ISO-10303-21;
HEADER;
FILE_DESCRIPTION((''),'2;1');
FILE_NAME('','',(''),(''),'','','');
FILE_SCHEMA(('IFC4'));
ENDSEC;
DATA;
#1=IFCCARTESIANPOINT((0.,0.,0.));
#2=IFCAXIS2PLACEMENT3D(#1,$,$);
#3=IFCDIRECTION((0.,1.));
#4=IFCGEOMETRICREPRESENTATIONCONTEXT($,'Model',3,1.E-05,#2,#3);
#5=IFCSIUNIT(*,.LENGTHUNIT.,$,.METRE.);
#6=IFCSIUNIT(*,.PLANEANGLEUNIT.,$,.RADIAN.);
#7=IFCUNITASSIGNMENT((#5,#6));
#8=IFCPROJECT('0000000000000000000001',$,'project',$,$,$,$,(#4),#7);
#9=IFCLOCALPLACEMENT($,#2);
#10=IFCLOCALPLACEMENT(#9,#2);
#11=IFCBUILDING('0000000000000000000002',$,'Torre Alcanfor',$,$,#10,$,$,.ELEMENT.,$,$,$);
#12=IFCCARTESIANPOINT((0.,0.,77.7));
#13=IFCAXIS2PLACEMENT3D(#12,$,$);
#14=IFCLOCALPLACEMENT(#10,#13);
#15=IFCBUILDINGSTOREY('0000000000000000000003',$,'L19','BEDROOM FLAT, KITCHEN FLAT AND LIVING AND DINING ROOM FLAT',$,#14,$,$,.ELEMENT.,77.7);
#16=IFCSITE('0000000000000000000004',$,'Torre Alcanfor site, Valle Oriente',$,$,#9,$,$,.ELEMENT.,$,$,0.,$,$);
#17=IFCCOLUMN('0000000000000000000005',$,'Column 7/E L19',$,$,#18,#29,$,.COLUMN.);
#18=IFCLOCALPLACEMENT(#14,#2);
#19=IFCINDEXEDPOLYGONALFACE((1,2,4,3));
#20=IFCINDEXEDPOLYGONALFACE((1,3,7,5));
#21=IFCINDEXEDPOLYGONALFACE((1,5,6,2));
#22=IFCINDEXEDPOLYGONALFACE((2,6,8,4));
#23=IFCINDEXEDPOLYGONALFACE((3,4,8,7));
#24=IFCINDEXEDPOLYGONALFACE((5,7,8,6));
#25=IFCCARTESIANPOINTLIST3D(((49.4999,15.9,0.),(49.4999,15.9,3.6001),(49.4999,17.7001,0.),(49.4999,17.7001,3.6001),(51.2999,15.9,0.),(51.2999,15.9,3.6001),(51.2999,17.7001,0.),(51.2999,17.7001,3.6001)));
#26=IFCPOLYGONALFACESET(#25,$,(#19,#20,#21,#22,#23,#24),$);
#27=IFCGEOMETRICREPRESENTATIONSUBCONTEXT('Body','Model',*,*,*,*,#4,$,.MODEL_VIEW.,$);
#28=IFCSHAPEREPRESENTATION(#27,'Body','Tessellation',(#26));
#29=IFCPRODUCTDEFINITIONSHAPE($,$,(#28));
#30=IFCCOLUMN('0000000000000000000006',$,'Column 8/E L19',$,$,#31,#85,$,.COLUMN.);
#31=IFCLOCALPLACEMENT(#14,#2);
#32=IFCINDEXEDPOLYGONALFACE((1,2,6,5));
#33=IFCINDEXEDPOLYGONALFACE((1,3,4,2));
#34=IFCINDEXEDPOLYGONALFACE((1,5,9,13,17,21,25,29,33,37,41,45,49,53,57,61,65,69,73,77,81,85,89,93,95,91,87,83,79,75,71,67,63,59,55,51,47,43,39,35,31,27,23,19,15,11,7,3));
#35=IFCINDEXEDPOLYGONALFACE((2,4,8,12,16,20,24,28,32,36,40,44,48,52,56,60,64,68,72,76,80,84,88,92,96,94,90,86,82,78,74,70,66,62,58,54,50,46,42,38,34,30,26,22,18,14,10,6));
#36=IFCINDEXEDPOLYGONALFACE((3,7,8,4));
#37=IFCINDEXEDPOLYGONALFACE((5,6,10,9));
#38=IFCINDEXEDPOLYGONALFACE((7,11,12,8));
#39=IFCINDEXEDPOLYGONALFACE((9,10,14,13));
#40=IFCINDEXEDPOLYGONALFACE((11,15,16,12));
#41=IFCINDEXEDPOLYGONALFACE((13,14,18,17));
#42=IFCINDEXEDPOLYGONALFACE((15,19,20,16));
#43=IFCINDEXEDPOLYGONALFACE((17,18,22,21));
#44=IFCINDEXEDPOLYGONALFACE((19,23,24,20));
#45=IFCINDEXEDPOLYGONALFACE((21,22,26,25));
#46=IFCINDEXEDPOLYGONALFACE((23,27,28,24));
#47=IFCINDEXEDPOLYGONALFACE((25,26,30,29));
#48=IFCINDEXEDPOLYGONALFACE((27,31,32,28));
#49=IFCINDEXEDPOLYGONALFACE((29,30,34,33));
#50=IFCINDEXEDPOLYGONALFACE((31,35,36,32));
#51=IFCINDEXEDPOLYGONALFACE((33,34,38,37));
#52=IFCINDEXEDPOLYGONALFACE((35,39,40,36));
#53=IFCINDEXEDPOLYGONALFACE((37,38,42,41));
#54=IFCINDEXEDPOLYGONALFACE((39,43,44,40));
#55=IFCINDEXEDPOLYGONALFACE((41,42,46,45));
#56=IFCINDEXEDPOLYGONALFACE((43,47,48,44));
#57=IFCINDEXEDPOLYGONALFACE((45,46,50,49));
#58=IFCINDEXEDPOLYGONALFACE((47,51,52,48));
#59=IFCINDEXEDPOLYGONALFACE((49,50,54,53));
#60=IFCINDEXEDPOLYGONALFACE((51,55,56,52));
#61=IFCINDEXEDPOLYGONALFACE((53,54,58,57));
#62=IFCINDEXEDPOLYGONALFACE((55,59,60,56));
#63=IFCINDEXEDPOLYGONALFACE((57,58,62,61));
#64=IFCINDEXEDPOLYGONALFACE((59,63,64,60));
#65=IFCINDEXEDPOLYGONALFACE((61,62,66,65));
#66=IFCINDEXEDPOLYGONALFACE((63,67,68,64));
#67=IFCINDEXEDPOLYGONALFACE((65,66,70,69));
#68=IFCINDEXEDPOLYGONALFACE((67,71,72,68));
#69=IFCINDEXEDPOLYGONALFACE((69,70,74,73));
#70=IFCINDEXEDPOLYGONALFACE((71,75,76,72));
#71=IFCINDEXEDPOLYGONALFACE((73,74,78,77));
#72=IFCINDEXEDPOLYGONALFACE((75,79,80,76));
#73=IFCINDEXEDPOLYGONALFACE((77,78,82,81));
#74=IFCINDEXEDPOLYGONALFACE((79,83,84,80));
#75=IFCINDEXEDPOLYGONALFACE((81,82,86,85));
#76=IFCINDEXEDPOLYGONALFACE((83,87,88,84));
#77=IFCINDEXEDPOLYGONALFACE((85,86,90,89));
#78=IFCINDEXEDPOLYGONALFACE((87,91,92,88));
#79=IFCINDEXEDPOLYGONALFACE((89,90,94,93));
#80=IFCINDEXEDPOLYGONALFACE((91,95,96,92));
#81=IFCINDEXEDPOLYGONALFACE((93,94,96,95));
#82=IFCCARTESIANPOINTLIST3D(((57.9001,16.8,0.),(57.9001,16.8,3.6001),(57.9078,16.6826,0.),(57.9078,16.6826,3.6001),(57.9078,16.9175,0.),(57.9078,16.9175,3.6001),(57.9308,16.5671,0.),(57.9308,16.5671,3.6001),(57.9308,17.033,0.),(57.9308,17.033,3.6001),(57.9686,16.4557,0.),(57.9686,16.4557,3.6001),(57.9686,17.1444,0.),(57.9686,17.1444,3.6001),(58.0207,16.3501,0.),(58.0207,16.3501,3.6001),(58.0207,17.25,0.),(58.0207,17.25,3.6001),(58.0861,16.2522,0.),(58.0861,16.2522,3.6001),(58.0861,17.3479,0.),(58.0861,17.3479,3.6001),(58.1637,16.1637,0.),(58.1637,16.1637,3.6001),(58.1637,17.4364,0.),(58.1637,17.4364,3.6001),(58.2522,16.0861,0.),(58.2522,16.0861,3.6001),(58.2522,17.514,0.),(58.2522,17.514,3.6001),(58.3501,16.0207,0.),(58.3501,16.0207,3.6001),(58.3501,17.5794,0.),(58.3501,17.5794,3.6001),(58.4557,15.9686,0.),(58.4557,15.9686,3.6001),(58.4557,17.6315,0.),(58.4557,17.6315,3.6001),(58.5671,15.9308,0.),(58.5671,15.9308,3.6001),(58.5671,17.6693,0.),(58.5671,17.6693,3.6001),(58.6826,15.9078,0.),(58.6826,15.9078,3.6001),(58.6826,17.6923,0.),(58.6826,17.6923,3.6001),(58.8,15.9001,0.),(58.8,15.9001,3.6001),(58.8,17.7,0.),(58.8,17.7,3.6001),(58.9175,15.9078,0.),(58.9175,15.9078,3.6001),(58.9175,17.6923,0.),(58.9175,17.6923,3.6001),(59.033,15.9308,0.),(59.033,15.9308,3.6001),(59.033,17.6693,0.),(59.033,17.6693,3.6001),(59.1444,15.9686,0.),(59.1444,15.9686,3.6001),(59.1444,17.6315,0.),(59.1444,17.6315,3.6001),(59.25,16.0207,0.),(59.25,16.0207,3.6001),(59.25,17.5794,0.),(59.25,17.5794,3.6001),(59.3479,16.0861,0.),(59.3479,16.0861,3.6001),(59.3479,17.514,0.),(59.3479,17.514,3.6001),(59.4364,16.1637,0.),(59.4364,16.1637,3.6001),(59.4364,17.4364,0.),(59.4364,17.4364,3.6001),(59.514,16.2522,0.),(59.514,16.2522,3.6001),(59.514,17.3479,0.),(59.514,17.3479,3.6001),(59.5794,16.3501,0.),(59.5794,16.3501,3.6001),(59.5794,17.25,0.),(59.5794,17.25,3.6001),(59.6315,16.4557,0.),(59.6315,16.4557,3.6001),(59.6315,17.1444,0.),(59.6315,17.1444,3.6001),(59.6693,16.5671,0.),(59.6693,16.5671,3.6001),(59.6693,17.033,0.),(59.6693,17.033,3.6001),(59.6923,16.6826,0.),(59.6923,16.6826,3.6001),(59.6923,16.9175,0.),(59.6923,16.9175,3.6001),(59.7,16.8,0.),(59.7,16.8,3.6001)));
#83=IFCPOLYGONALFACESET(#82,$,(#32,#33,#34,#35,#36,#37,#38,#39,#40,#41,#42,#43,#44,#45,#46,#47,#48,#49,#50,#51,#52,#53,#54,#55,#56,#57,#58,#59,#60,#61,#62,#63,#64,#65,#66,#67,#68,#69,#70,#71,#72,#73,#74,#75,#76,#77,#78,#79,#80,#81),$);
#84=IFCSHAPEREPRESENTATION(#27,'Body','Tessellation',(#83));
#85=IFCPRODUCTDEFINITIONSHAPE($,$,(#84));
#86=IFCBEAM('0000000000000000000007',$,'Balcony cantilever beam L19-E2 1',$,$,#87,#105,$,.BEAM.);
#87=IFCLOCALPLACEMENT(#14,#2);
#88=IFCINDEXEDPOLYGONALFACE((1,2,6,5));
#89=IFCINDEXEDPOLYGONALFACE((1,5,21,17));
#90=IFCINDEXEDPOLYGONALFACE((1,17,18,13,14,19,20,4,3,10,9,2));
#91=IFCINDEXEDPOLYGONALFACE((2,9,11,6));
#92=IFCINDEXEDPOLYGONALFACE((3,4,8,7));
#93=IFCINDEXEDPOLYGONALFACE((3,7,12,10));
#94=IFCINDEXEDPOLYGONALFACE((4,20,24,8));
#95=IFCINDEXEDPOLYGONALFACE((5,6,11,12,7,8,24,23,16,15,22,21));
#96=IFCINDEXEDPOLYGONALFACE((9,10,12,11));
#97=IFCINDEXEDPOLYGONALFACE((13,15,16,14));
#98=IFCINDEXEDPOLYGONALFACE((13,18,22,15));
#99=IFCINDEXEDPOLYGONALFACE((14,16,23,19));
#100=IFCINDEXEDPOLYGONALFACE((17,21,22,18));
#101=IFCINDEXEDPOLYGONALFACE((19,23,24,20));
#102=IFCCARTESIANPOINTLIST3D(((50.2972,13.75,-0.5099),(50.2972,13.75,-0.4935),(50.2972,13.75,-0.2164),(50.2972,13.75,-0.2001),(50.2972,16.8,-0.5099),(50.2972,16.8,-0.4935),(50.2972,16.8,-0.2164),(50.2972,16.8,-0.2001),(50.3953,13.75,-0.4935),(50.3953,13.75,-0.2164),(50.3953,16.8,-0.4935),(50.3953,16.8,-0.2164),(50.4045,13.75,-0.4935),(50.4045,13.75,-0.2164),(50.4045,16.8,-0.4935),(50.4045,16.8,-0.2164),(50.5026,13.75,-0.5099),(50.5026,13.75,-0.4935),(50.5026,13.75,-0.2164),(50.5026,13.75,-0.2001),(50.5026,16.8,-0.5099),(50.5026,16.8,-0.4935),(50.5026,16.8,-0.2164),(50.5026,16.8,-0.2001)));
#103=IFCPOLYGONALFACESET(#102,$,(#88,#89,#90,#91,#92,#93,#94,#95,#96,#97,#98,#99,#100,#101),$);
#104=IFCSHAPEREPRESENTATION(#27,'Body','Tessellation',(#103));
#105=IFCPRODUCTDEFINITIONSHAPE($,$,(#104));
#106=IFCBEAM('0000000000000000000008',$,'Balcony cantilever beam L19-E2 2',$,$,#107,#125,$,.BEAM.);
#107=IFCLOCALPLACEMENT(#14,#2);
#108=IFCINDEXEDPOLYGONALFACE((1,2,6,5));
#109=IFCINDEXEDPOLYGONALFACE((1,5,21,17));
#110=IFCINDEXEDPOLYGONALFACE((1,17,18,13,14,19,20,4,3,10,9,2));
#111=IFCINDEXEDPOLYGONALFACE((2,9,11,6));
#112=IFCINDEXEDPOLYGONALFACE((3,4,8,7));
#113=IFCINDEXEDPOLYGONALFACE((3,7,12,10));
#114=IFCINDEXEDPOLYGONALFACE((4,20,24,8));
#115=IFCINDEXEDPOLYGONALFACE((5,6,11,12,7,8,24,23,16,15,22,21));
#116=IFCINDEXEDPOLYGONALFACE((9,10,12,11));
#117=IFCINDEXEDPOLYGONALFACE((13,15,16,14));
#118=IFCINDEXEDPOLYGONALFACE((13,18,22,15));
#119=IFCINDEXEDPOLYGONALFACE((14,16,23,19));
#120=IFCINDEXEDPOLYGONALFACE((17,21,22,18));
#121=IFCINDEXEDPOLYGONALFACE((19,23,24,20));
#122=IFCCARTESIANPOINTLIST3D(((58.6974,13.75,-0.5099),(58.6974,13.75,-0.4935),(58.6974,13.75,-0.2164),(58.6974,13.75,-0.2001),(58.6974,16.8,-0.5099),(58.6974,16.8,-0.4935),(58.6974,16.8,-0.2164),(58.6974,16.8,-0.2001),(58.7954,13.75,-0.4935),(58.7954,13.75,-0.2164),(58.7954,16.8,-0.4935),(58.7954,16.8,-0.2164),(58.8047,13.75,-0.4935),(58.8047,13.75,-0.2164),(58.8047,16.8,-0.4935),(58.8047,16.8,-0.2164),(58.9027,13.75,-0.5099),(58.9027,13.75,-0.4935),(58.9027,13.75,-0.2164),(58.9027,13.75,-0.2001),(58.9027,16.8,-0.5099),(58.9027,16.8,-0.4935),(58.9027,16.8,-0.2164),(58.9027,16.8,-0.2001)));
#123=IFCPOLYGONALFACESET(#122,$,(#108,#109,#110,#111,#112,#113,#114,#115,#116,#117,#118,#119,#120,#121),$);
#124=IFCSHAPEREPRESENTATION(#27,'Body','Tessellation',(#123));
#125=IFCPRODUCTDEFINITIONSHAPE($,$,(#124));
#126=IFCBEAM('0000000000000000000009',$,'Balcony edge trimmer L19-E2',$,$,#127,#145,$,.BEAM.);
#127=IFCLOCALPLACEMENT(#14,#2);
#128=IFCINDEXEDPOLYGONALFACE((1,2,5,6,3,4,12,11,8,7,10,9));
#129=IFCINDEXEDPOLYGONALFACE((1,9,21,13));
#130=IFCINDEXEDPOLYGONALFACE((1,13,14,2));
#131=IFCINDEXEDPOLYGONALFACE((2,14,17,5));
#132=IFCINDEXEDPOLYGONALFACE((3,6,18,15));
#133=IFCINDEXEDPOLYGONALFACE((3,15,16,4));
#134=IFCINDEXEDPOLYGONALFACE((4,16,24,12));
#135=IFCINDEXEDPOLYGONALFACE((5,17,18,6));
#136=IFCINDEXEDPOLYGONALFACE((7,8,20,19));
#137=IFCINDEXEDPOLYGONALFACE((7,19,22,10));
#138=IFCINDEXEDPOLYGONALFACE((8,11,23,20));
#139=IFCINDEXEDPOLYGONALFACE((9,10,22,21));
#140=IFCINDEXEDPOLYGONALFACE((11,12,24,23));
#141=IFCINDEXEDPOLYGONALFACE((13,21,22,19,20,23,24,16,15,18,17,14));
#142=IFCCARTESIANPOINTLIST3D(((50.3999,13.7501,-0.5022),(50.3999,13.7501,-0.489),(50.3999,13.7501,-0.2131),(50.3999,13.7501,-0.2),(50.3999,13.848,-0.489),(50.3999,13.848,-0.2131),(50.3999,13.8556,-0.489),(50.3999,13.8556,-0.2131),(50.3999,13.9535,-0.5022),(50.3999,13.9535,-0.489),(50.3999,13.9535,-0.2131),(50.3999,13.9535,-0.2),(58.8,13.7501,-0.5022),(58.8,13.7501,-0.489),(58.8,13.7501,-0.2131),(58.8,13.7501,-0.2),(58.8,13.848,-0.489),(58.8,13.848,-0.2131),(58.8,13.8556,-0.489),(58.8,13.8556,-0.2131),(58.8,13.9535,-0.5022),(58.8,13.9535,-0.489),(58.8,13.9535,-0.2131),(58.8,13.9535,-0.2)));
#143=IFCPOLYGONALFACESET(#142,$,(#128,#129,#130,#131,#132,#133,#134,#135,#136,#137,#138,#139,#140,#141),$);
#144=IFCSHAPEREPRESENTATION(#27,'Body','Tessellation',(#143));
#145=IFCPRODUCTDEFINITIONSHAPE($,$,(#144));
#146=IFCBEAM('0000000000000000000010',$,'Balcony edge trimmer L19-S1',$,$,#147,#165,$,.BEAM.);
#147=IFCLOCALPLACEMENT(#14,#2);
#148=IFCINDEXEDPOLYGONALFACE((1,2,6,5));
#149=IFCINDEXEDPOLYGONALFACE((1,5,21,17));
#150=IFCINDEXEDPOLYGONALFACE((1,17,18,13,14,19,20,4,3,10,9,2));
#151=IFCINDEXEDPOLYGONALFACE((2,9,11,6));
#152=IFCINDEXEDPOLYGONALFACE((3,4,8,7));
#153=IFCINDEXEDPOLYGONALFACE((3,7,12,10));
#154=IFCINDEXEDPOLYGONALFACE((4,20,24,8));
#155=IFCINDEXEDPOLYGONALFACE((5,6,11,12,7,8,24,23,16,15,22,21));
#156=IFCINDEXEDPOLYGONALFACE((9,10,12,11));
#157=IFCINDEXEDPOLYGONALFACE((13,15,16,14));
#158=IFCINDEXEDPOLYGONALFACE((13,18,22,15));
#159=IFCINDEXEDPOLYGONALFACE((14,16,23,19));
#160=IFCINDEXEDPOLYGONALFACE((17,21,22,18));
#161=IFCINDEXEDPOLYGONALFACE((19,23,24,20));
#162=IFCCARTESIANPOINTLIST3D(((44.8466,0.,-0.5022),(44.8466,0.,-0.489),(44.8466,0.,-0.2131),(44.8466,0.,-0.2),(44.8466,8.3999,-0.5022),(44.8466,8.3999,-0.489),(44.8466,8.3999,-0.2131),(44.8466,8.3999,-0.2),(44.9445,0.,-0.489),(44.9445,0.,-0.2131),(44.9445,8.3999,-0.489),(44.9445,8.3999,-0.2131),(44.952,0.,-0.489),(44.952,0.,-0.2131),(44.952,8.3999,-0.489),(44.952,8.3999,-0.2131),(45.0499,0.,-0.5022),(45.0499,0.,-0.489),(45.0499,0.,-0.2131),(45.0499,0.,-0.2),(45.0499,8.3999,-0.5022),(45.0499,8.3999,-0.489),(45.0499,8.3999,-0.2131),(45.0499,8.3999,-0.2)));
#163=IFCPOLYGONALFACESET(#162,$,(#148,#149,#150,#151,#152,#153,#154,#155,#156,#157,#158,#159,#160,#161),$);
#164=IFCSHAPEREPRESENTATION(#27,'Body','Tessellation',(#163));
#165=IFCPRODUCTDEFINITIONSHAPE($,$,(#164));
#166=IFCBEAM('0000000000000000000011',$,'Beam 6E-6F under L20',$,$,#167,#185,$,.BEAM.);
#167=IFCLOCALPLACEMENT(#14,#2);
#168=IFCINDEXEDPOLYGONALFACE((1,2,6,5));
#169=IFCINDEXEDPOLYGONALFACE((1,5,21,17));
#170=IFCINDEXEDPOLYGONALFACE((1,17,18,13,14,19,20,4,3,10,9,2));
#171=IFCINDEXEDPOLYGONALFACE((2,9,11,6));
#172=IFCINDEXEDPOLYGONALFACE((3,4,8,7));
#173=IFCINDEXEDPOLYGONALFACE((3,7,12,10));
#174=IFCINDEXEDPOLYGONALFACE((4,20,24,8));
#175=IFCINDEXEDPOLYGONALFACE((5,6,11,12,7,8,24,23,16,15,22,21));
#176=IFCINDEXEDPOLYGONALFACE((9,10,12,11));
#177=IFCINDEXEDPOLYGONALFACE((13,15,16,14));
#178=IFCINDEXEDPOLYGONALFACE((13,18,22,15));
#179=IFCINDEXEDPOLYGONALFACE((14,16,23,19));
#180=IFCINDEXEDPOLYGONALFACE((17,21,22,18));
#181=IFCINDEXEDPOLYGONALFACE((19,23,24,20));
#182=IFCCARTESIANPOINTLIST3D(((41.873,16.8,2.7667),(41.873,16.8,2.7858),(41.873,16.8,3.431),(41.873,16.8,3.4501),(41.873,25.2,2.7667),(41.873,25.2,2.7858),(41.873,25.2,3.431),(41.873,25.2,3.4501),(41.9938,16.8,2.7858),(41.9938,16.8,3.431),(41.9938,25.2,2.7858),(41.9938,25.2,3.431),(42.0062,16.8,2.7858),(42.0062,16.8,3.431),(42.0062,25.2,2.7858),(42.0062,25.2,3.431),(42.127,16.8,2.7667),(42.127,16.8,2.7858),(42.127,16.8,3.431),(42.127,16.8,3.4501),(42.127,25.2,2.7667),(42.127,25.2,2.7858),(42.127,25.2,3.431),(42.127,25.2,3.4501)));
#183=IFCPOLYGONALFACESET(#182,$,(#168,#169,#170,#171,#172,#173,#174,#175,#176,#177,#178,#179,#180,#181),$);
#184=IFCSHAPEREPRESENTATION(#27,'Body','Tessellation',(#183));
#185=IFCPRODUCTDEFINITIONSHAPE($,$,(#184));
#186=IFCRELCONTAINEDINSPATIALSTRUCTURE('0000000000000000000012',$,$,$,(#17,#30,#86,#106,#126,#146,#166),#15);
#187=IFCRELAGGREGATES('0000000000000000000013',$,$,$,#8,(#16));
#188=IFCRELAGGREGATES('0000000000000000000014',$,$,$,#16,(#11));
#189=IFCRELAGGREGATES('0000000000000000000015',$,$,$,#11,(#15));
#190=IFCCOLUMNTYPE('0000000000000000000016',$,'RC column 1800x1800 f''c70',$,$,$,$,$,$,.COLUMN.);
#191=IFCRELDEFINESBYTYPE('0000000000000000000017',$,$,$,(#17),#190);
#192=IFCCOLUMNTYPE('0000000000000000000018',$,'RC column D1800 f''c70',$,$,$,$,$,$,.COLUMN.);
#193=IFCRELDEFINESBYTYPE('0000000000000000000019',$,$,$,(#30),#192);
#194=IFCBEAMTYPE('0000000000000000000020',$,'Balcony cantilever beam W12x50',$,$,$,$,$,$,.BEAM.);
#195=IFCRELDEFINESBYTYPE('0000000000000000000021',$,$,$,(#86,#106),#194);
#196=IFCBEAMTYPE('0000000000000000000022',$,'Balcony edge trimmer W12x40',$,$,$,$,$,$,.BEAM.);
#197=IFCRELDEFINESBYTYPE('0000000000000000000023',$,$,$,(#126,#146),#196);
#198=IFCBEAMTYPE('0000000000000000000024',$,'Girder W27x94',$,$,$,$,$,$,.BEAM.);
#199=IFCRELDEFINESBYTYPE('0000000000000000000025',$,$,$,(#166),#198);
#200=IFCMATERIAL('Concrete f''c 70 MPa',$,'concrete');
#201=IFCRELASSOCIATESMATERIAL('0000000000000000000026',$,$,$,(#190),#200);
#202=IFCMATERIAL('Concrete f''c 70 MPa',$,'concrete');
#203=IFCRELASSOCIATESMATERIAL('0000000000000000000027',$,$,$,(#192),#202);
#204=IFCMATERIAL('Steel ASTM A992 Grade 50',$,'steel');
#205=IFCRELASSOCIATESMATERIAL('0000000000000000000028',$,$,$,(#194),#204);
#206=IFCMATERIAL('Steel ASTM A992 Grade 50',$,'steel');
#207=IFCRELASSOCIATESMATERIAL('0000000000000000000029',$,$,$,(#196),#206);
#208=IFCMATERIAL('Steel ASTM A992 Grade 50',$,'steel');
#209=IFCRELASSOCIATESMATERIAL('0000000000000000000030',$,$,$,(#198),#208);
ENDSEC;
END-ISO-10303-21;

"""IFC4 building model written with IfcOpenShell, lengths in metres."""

from ifc_helpers import new_model, si_unit, direction, frame, origin, origin_2d, place, context, subcontext, project, spatial, rectangle, circle, i_section, extrude, material, material_profile, profile_set, type_object, element, save


model = new_model("IFC4")

# Units and contexts
model_context = context("Model", 3, precision=1e-05, world=origin(), true_north=direction((0.0, 1.0)))
body_context = subcontext(model_context, "Body", "Model", "MODEL_VIEW")
ifc_project = project(units=[si_unit("LENGTHUNIT", "METRE"), si_unit("PLANEANGLEUNIT", "RADIAN")], contexts=[model_context])

# Site, building, storey
site_placement = place(None, origin())
site = spatial("IfcSite", under=ifc_project, at=site_placement, Name="Torre Alcanfor site, Valle Oriente", CompositionType="ELEMENT", RefElevation=0.0)
building_placement = place(site_placement, origin())
building = spatial("IfcBuilding", under=site, at=building_placement, Name="Torre Alcanfor", CompositionType="ELEMENT")
storey_placement = place(building_placement, frame((0.0, 0.0, 77.7)))
storey = spatial("IfcBuildingStorey", under=building, at=storey_placement, Name="L19", Description="BEDROOM FLAT, KITCHEN FLAT AND LIVING AND DINING ROOM FLAT", CompositionType="ELEMENT", Elevation=77.7)

# Columns
ifc_material_1 = material(Name="Concrete f'c 70 MPa", Category="concrete")
ifc_material_profile_1 = material_profile(ifc_material_1, rectangle(XDim=1.8, YDim=1.8, at=origin_2d()), Name="1800x1800")
ifc_profile_set_1 = profile_set([ifc_material_profile_1], Name="Concrete f'c 70 MPa")
column_type_1 = type_object("IfcColumnType", Name="RC column 1800x1800 f'c70", PredefinedType="COLUMN", material=ifc_profile_set_1)
column_1_placement = place(storey_placement, frame((50.3999, 16.8, 0.0), z_axis=(0.0, 0.0, 1.0), x_axis=(1.0, 0.0, 0.0)))
element("IfcColumn", 1, at=column_1_placement, inside=storey, type_object=column_type_1, Name="Column 7/E L19", PredefinedType="COLUMN", context=body_context, shape_type="SweptSolid", body=[
    extrude(rectangle(XDim=1.8, YDim=1.8, at=origin_2d()), origin(), (0.0, 0.0, 1.0), 3.6001),
])
ifc_material_2 = material(Name="Concrete f'c 70 MPa", Category="concrete")
ifc_material_profile_2 = material_profile(ifc_material_2, circle(Radius=0.8999, at=origin_2d()), Name="D1800")
ifc_profile_set_2 = profile_set([ifc_material_profile_2], Name="Concrete f'c 70 MPa")
column_type_2 = type_object("IfcColumnType", Name="RC column D1800 f'c70", PredefinedType="COLUMN", material=ifc_profile_set_2)
column_2_placement = place(storey_placement, frame((58.8, 16.8, 0.0), z_axis=(0.0, 0.0, 1.0), x_axis=(1.0, 0.0, 0.0)))
element("IfcColumn", 2, at=column_2_placement, inside=storey, type_object=column_type_2, Name="Column 8/E L19", PredefinedType="COLUMN", context=body_context, shape_type="SweptSolid", body=[
    extrude(circle(Radius=0.8999, at=origin_2d()), origin(), (0.0, 0.0, 1.0), 3.6001),
])

# Beams
ifc_material_3 = material(Name="Steel ASTM A992 Grade 50", Category="steel")
ifc_material_profile_3 = material_profile(ifc_material_3, i_section(OverallWidth=0.2053, OverallDepth=0.3098, WebThickness=0.0093, FlangeThickness=0.0164, at=origin_2d()), Name="W12x50")
ifc_profile_set_3 = profile_set([ifc_material_profile_3], Name="Steel ASTM A992 Grade 50")
beam_type_1 = type_object("IfcBeamType", Name="Balcony cantilever beam W12x50", PredefinedType="BEAM", material=ifc_profile_set_3)
for number, where, z_axis, x_axis, name in (
    (3, (50.3999, 16.8, -0.355), (0.0, -1.0, 0.0), (1.0, 0.0, 0.0), "Balcony cantilever beam L19-E2 1"),
    (4, (58.8, 16.8, -0.355), (0.0, -1.0, 0.0), (1.0, 0.0, 0.0), "Balcony cantilever beam L19-E2 2"),
):
    element("IfcBeam", number, at=place(storey_placement, frame(where, z_axis=z_axis, x_axis=x_axis)), inside=storey, type_object=beam_type_1, Name=name, PredefinedType="BEAM", context=body_context, shape_type="SweptSolid", body=[
        extrude(i_section(OverallWidth=0.2053, OverallDepth=0.3098, WebThickness=0.0093, FlangeThickness=0.0164, at=origin_2d()), origin(), (0.0, 0.0, 1.0), 3.05),
    ])
ifc_material_4 = material(Name="Steel ASTM A992 Grade 50", Category="steel")
ifc_material_profile_4 = material_profile(ifc_material_4, i_section(OverallWidth=0.2034, OverallDepth=0.3022, WebThickness=0.0076, FlangeThickness=0.0132, at=origin_2d()), Name="W12x40")
ifc_profile_set_4 = profile_set([ifc_material_profile_4], Name="Steel ASTM A992 Grade 50")
beam_type_2 = type_object("IfcBeamType", Name="Balcony edge trimmer W12x40", PredefinedType="BEAM", material=ifc_profile_set_4)
beam_1_placement = place(storey_placement, frame((50.3999, 13.8518, -0.3511), z_axis=(1.0, 0.0, 0.0), x_axis=(0.0, 1.0, 0.0)))
element("IfcBeam", 5, at=beam_1_placement, inside=storey, type_object=beam_type_2, Name="Balcony edge trimmer L19-E2", PredefinedType="BEAM", context=body_context, shape_type="SweptSolid", body=[
    extrude(i_section(OverallWidth=0.2034, OverallDepth=0.3022, WebThickness=0.0076, FlangeThickness=0.0132, at=origin_2d()), origin(), (0.0, 0.0, 1.0), 8.4001),
])
beam_2_placement = place(storey_placement, frame((44.9482, 8.3999, -0.3511), z_axis=(0.0, -1.0, 0.0), x_axis=(1.0, 0.0, 0.0)))
element("IfcBeam", 6, at=beam_2_placement, inside=storey, type_object=beam_type_2, Name="Balcony edge trimmer L19-S1", PredefinedType="BEAM", context=body_context, shape_type="SweptSolid", body=[
    extrude(i_section(OverallWidth=0.2034, OverallDepth=0.3022, WebThickness=0.0076, FlangeThickness=0.0132, at=origin_2d()), origin(), (0.0, 0.0, 1.0), 8.3999),
])
ifc_material_5 = material(Name="Steel ASTM A992 Grade 50", Category="steel")
ifc_material_profile_5 = material_profile(ifc_material_5, i_section(OverallWidth=0.2539, OverallDepth=0.6833, WebThickness=0.0125, FlangeThickness=0.019, at=origin_2d()), Name="W27x94")
ifc_profile_set_5 = profile_set([ifc_material_profile_5], Name="Steel ASTM A992 Grade 50")
beam_type_3 = type_object("IfcBeamType", Name="Girder W27x94", PredefinedType="BEAM", material=ifc_profile_set_5)
for number, where, z_axis, x_axis, name in (
    (7, (42.0, 16.8, 3.1084), (0.0, 1.0, 0.0), (-1.0, 0.0, 0.0), "Beam 6E-6F under L20"),
):
    element("IfcBeam", number, at=place(storey_placement, frame(where, z_axis=z_axis, x_axis=x_axis)), inside=storey, type_object=beam_type_3, Name=name, PredefinedType="BEAM", context=body_context, shape_type="SweptSolid", body=[
        extrude(i_section(OverallWidth=0.2539, OverallDepth=0.6833, WebThickness=0.0125, FlangeThickness=0.019, at=origin_2d()), origin(), (0.0, 0.0, 1.0), 8.3999),
    ])

save(model, "model.ifc")
